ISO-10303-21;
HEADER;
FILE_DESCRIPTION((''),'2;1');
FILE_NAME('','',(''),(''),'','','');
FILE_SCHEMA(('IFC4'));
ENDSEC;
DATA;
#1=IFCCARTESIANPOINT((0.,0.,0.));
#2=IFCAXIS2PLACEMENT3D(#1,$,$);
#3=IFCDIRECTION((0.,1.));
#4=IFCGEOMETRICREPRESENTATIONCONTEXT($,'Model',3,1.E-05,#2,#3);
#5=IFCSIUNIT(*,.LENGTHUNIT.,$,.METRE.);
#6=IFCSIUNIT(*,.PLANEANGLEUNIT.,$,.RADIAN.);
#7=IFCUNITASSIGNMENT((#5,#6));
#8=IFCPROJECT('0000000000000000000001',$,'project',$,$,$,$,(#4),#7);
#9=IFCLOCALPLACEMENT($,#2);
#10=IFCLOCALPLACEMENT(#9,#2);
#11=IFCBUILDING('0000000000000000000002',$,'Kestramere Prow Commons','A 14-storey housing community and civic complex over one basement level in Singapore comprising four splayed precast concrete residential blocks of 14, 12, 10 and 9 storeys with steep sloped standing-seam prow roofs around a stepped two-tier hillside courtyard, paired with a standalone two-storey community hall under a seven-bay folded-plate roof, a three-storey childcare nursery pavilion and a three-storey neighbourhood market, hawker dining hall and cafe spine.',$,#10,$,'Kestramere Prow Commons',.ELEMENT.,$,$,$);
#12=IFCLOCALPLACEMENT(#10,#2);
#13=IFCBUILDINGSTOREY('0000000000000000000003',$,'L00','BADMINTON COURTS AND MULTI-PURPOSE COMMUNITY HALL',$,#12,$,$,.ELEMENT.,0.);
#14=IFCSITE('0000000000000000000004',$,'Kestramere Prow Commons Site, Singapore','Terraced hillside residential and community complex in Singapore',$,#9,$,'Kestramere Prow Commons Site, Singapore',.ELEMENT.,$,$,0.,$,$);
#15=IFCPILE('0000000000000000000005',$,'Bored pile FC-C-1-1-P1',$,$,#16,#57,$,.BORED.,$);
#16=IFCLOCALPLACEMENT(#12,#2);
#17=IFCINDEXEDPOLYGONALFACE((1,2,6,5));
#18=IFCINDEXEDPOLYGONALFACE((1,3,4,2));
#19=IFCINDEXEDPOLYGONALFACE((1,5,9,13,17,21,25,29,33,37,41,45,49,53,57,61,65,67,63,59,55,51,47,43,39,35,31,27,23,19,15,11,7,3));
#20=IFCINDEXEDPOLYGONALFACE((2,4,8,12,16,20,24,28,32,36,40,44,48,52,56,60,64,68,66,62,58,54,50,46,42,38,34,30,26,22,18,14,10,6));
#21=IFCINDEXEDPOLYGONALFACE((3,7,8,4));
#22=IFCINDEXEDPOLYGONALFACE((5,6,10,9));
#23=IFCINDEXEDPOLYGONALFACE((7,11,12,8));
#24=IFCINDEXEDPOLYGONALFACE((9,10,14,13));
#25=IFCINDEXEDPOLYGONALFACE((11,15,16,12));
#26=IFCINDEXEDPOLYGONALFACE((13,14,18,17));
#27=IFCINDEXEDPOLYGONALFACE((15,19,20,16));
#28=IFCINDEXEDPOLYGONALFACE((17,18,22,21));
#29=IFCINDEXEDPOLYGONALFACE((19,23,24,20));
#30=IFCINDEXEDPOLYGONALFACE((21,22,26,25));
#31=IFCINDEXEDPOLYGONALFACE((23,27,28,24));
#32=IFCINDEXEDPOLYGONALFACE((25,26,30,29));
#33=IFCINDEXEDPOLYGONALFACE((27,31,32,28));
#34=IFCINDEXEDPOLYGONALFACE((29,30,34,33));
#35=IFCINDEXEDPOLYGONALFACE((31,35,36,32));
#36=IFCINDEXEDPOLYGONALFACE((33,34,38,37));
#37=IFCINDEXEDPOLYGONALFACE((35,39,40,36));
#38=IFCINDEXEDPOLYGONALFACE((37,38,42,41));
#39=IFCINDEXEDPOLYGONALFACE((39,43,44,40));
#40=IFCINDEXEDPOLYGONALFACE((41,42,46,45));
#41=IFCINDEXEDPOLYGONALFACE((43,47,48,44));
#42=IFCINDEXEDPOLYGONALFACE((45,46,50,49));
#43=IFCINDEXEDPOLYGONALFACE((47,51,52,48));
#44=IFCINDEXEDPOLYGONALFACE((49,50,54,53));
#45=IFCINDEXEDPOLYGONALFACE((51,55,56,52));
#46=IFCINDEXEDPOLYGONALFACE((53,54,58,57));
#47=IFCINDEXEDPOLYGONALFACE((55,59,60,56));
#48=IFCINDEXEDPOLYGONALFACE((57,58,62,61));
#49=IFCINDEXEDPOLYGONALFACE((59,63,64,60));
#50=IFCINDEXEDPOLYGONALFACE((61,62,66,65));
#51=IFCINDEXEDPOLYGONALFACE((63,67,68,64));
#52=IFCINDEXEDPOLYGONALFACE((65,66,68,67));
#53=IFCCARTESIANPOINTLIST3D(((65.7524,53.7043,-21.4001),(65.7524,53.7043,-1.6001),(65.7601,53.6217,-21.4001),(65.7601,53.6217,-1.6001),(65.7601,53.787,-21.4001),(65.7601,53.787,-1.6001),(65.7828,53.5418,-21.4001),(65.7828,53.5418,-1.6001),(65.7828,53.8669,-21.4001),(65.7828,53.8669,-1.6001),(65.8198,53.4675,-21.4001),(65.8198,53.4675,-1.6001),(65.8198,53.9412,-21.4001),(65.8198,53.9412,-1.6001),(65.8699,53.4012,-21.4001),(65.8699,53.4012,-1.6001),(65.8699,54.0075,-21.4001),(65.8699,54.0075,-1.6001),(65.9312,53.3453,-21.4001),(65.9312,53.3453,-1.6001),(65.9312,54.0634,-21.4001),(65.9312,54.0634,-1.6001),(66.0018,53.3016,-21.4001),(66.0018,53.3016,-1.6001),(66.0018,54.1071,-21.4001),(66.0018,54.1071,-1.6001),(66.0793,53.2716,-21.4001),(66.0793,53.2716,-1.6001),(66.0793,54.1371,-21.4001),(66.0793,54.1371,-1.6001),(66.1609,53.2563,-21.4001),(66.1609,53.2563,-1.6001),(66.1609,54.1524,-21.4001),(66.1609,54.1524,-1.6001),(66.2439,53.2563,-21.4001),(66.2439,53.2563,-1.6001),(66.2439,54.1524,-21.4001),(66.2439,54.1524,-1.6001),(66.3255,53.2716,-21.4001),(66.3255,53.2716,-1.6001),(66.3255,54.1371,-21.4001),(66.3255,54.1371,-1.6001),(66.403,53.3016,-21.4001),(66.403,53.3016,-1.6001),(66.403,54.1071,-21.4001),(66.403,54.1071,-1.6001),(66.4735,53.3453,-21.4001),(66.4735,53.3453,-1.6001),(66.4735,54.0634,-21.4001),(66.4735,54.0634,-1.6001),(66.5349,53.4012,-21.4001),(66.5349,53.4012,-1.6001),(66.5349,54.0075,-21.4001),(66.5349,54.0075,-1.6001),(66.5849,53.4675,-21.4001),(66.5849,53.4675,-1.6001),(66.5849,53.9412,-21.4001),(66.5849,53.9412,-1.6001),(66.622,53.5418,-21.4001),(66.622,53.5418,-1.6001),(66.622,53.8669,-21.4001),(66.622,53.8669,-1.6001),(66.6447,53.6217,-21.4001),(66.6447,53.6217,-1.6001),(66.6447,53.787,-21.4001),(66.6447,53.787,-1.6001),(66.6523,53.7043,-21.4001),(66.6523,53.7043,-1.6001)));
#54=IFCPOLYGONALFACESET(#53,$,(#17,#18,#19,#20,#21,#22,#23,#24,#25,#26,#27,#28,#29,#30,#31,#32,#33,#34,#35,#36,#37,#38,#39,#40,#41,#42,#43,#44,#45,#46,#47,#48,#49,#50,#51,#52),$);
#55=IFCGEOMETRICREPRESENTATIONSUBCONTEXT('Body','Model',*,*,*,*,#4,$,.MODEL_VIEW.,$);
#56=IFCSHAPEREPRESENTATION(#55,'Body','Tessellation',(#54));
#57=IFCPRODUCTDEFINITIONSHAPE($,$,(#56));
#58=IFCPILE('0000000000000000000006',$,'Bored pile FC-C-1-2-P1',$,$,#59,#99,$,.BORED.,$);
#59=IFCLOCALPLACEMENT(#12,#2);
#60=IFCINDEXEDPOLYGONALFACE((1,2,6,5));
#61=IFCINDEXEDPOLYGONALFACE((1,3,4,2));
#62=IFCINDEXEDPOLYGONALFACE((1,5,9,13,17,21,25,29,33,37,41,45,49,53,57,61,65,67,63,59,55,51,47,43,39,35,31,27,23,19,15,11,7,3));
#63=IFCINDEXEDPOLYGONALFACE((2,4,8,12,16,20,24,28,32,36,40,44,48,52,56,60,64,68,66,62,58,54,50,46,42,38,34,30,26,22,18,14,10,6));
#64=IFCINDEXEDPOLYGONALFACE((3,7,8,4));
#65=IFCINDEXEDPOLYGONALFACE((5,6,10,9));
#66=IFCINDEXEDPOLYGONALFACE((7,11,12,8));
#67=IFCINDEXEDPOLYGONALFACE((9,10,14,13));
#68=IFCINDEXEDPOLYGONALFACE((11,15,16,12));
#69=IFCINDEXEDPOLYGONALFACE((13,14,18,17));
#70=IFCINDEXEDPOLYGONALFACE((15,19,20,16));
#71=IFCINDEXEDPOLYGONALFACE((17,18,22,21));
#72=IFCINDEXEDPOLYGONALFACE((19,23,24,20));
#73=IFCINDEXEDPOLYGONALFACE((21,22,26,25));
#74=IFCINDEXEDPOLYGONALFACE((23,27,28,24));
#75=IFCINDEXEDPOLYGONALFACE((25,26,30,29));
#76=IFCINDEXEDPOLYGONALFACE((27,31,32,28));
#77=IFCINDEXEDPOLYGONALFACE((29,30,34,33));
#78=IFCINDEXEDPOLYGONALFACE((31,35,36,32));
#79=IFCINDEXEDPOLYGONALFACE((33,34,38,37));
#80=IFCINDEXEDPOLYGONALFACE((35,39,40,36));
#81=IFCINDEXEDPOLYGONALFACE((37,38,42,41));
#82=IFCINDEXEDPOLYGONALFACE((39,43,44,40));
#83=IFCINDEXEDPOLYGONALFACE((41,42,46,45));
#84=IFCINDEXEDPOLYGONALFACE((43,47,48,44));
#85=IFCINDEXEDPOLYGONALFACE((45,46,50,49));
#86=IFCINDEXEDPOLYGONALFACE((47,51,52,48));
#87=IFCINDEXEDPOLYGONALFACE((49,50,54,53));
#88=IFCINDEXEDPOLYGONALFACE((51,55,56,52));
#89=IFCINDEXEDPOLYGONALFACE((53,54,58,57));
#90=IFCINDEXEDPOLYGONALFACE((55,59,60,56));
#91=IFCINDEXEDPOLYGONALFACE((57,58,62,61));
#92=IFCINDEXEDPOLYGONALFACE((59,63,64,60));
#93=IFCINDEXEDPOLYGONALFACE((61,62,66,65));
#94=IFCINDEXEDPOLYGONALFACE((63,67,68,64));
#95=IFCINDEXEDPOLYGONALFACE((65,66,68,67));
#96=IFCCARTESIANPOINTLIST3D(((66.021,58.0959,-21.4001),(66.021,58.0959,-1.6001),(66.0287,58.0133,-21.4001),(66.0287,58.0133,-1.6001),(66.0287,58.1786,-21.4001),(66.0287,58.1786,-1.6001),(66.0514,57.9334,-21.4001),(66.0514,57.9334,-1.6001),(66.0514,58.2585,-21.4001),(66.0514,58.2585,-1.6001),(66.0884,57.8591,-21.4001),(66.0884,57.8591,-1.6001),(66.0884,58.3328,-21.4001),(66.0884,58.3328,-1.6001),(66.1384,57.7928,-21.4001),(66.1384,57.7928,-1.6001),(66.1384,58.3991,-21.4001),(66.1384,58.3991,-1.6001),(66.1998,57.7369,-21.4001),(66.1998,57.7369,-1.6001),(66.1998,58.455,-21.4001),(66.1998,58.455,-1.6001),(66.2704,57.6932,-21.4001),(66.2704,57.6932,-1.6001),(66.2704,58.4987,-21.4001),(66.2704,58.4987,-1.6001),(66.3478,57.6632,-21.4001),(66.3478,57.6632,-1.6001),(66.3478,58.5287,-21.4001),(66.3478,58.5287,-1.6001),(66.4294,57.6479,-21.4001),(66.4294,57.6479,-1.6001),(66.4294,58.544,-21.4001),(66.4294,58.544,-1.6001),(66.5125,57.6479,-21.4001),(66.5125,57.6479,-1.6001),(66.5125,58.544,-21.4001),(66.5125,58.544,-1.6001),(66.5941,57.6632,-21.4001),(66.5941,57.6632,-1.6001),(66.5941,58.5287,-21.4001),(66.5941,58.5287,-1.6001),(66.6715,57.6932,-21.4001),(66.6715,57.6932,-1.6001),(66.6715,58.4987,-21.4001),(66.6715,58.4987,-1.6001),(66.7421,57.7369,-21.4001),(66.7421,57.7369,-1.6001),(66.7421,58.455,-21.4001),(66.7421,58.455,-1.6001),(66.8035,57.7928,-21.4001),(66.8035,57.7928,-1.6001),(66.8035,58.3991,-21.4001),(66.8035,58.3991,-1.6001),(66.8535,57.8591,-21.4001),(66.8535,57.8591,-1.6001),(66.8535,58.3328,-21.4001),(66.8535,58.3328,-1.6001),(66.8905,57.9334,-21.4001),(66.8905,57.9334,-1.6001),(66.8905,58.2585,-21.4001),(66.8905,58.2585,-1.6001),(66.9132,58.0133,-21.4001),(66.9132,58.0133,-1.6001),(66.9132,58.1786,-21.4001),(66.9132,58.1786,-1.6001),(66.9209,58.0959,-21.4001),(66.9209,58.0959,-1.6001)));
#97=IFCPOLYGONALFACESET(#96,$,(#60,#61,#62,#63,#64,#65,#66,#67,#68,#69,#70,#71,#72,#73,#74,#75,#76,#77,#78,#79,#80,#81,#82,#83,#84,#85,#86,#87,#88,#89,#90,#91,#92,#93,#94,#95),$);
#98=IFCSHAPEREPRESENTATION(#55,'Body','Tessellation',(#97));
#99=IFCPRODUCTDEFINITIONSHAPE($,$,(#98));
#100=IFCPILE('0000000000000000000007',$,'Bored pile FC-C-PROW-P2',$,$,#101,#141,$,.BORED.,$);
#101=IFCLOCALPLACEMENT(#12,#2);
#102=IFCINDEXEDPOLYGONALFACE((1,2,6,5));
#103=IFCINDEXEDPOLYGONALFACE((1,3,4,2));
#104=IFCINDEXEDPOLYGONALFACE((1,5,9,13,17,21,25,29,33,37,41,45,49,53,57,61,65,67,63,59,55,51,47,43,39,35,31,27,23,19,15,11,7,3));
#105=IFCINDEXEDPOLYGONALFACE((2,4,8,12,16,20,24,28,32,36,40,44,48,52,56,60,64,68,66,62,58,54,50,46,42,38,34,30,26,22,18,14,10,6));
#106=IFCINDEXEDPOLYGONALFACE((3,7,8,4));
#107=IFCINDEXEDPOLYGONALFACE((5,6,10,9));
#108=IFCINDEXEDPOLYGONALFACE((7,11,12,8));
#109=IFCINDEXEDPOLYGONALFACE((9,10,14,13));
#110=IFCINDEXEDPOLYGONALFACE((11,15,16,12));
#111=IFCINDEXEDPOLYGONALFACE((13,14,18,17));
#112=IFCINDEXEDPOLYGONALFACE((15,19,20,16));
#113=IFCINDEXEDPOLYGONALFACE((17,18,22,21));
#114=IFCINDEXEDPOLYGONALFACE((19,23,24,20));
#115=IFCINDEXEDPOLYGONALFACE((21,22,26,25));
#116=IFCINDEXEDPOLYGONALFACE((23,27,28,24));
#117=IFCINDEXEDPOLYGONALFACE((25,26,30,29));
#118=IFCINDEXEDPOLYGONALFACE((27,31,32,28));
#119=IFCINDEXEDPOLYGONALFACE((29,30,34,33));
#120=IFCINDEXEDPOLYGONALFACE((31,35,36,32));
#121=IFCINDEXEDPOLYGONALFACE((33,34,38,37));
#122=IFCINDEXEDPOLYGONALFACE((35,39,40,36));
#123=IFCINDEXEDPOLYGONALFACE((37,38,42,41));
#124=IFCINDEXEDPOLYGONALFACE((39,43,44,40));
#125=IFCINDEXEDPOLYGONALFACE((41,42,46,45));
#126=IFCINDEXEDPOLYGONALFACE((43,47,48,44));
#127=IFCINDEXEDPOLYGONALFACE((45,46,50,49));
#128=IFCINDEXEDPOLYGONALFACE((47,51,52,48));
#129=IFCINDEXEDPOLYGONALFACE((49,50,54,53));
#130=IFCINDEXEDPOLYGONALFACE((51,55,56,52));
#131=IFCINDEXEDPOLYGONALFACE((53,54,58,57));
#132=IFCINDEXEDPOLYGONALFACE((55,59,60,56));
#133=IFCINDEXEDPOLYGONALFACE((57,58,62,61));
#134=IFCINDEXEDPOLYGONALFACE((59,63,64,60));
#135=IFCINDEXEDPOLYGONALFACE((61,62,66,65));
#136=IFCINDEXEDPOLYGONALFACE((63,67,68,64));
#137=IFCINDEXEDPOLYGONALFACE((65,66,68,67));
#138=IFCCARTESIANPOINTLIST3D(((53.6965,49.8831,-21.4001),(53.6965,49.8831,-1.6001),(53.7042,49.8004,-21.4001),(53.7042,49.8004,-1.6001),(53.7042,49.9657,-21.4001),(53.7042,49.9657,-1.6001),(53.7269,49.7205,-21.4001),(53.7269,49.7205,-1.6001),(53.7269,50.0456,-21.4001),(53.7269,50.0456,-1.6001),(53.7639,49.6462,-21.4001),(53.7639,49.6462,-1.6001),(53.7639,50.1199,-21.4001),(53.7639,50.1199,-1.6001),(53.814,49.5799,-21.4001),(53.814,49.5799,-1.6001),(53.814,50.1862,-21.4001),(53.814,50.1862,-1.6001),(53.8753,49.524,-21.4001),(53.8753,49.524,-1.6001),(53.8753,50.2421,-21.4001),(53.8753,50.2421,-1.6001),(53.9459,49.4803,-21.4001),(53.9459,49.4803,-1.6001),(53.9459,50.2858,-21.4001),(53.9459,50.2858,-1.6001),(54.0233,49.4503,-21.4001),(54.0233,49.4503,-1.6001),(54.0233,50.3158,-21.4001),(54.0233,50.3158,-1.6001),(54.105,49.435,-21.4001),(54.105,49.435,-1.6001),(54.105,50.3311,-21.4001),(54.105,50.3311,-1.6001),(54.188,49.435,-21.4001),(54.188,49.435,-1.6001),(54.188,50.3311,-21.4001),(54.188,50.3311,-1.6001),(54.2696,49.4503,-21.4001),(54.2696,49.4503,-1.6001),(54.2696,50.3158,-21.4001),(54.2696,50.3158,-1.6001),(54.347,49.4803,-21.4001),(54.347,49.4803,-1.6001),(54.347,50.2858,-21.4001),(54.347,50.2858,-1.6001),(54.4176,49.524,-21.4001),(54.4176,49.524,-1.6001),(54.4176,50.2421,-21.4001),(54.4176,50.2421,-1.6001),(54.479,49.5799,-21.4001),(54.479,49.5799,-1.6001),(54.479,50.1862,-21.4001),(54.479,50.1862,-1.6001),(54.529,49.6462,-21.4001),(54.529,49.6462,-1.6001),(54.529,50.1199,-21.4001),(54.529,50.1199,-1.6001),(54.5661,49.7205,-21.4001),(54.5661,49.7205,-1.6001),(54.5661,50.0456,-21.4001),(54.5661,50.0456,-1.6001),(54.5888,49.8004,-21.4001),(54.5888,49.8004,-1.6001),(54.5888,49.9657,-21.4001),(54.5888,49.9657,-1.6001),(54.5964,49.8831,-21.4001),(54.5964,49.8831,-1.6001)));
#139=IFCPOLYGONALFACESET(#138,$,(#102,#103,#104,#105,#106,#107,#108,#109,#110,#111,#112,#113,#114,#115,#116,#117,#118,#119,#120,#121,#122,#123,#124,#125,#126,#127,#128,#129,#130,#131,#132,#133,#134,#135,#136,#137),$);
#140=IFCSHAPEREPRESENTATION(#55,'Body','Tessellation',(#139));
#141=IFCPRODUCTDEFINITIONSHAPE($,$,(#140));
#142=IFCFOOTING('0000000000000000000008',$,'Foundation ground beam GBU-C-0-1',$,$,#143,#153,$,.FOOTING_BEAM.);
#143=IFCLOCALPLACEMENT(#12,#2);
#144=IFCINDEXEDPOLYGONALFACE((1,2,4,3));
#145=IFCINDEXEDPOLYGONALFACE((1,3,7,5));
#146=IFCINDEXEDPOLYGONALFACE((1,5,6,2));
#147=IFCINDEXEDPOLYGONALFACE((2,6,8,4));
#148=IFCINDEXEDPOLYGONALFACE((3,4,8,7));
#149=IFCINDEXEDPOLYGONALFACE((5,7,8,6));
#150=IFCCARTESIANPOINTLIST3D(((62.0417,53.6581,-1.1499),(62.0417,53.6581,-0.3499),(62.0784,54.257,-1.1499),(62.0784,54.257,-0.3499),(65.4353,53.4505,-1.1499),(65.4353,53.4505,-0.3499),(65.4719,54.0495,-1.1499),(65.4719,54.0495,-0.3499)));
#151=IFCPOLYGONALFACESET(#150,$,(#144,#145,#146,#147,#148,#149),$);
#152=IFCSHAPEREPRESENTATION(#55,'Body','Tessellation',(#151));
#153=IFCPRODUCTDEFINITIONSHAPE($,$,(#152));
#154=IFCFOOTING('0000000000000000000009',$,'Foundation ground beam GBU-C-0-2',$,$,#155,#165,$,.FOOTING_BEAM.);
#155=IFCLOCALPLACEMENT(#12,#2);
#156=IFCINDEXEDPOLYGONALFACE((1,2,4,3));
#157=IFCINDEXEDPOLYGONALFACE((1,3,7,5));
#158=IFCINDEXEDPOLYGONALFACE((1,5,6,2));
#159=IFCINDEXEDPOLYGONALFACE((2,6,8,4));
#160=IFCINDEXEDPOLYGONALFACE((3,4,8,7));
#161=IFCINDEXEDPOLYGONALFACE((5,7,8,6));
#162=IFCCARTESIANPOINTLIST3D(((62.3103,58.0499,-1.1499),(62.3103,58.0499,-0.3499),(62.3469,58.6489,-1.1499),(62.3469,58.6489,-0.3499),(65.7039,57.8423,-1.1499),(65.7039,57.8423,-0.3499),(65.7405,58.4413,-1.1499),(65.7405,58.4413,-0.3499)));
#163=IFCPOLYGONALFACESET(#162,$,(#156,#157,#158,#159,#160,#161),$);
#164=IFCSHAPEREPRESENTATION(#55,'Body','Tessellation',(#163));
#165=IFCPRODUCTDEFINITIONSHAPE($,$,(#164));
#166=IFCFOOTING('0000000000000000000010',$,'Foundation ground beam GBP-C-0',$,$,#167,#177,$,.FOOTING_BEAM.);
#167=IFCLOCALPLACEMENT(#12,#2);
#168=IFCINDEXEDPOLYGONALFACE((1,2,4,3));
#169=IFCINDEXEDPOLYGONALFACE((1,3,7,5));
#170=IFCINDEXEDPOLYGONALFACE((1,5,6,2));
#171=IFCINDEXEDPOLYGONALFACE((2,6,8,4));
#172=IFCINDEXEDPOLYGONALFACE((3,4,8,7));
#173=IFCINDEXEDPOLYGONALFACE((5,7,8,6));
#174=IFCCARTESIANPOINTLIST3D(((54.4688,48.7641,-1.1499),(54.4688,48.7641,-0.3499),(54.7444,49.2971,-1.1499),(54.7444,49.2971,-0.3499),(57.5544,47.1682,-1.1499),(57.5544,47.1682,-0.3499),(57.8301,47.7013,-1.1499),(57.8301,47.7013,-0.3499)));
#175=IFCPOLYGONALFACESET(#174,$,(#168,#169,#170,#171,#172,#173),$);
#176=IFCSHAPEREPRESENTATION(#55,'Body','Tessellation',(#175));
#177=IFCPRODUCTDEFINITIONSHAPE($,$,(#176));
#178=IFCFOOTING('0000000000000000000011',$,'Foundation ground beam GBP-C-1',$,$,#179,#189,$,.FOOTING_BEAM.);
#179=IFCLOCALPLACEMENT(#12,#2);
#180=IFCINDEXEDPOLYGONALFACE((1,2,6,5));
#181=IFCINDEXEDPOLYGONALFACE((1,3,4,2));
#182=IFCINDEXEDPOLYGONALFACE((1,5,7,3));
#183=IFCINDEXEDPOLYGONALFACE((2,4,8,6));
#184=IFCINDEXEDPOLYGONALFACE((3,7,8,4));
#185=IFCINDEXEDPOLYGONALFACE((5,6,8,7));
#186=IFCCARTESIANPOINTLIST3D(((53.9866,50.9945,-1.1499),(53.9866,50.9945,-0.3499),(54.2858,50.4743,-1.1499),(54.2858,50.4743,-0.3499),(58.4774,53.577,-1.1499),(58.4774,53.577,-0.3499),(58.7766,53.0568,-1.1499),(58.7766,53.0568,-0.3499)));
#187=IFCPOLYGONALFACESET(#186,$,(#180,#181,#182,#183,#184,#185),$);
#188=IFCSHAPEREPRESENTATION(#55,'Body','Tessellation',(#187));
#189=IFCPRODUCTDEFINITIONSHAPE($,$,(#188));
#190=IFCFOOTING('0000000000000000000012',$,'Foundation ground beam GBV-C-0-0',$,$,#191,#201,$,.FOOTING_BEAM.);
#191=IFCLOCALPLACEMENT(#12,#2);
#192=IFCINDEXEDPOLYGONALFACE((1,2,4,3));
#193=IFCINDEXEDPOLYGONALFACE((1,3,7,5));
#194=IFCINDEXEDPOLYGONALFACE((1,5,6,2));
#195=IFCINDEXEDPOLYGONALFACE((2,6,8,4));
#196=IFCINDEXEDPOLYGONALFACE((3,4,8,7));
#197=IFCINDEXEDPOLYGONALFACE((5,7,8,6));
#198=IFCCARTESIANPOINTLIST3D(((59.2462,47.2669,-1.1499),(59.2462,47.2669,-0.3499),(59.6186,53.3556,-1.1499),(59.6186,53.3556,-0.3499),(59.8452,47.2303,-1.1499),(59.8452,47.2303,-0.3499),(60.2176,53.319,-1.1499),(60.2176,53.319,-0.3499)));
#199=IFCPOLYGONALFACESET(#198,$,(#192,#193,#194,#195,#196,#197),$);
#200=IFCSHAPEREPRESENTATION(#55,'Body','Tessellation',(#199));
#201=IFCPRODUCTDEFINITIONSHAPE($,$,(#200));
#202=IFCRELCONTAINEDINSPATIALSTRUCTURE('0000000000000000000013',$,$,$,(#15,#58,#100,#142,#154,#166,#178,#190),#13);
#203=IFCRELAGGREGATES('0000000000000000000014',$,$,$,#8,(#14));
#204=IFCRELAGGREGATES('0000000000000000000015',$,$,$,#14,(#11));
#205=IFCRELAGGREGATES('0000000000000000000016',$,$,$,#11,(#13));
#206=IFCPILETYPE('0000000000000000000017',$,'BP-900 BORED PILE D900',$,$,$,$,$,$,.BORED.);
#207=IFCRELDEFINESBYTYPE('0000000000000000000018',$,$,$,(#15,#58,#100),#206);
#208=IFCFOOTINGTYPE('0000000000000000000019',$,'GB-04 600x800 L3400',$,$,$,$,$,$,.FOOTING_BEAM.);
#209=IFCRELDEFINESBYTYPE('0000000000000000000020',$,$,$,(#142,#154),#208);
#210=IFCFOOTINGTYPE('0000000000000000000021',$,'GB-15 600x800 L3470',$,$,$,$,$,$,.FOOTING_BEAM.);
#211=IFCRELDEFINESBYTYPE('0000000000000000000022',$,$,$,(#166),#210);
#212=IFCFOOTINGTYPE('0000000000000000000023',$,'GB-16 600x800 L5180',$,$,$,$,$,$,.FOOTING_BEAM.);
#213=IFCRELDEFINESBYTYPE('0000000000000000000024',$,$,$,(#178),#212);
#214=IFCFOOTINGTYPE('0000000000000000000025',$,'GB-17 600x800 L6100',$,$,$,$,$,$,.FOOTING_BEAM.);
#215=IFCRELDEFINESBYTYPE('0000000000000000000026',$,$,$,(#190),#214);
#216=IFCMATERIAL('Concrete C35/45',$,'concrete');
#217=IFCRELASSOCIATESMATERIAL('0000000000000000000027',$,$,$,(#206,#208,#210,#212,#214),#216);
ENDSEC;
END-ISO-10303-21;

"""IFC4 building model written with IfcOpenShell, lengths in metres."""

from ifc_helpers import new_model, si_unit, direction, frame, origin, origin_2d, place, context, subcontext, project, spatial, rectangle, circle, extrude, material, material_profile, profile_set, type_object, element, save


model = new_model("IFC4")

# Units and contexts
model_context = context("Model", 3, precision=1e-05, world=origin(), true_north=direction((0.0, 1.0)))
body_context = subcontext(model_context, "Body", "Model", "MODEL_VIEW")
ifc_project = project(units=[si_unit("LENGTHUNIT", "METRE"), si_unit("PLANEANGLEUNIT", "RADIAN")], contexts=[model_context])

# Site, building, storey
site_placement = place(None, origin())
site = spatial("IfcSite", under=ifc_project, at=site_placement, Name="Kestramere Prow Commons Site, Singapore", Description="Terraced hillside residential and community complex in Singapore", LongName="Kestramere Prow Commons Site, Singapore", CompositionType="ELEMENT", RefElevation=0.0)
building_placement = place(site_placement, origin())
building = spatial("IfcBuilding", under=site, at=building_placement, Name="Kestramere Prow Commons", Description="A 14-storey housing community and civic complex over one basement level in Singapore comprising four splayed precast concrete residential blocks of 14, 12, 10 and 9 storeys with steep sloped standing-seam prow roofs around a stepped two-tier hillside courtyard, paired with a standalone two-storey community hall under a seven-bay folded-plate roof, a three-storey childcare nursery pavilion and a three-storey neighbourhood market, hawker dining hall and cafe spine.", LongName="Kestramere Prow Commons", CompositionType="ELEMENT")
storey_placement = place(building_placement, origin())
storey = spatial("IfcBuildingStorey", under=building, at=storey_placement, Name="L00", Description="BADMINTON COURTS AND MULTI-PURPOSE COMMUNITY HALL", CompositionType="ELEMENT", Elevation=0.0)

# Piles
ifc_material_1 = material(Name="Concrete C35/45", Category="concrete")
ifc_material_profile_1 = material_profile(ifc_material_1, circle(Radius=0.45, at=origin_2d()), Name="BORED PILE D900")
ifc_profile_set_1 = profile_set([ifc_material_profile_1], Name="Concrete C35/45")
pile_type = type_object("IfcPileType", Name="BP-900 BORED PILE D900", PredefinedType="BORED", material=ifc_profile_set_1)
for number, where, z_axis, x_axis, name in (
    (1, (66.2024, 53.7043, -1.6001), (0.0, 0.0, -1.0), (1.0, 0.0, 0.0), "Bored pile FC-C-1-1-P1"),
    (2, (66.4709, 58.0959, -1.6001), (0.0, 0.0, -1.0), (1.0, 0.0, 0.0), "Bored pile FC-C-1-2-P1"),
    (3, (54.1465, 49.8831, -1.6001), (0.0, 0.0, -1.0), (1.0, 0.0, 0.0), "Bored pile FC-C-PROW-P2"),
):
    element("IfcPile", number, at=place(storey_placement, frame(where, z_axis=z_axis, x_axis=x_axis)), inside=storey, type_object=pile_type, Name=name, PredefinedType="BORED", context=body_context, shape_type="SweptSolid", body=[
        extrude(circle(Radius=0.45, at=origin_2d()), origin(), (0.0, 0.0, 1.0), 19.8),
    ])

# Footings
footing_type_1 = type_object("IfcFootingType", Name="GB-04 600x800 L3400", PredefinedType="FOOTING_BEAM", material=ifc_material_1)
for number, where, z_axis, x_axis, name in (
    (4, (63.7568, 53.8538, -1.1499), (0.0, 0.0, 1.0), (0.998135, -0.061049, 0.0), "Foundation ground beam GBU-C-0-1"),
    (5, (64.0254, 58.2456, -1.1499), (0.0, 0.0, 1.0), (0.998135, -0.061049, 0.0), "Foundation ground beam GBU-C-0-2"),
):
    element("IfcFooting", number, at=place(storey_placement, frame(where, z_axis=z_axis, x_axis=x_axis)), inside=storey, type_object=footing_type_1, Name=name, PredefinedType="FOOTING_BEAM", context=body_context, shape_type="SweptSolid", body=[
        extrude(rectangle(XDim=3.3999, YDim=0.6001, at=origin_2d()), origin(), (0.0, 0.0, 1.0), 0.8),
    ])
footing_type_2 = type_object("IfcFootingType", Name="GB-15 600x800 L3470", PredefinedType="FOOTING_BEAM", material=ifc_material_1)
footing_1_placement = place(storey_placement, frame((56.1494, 48.2327, -1.1499), z_axis=(0.0, 0.0, 1.0), x_axis=(0.888242, -0.459375, 0.0)))
element("IfcFooting", 6, at=footing_1_placement, inside=storey, type_object=footing_type_2, Name="Foundation ground beam GBP-C-0", PredefinedType="FOOTING_BEAM", context=body_context, shape_type="SweptSolid", body=[
    extrude(rectangle(XDim=3.4739, YDim=0.6001, at=origin_2d()), origin(), (0.0, 0.0, 1.0), 0.8),
])
footing_type_3 = type_object("IfcFootingType", Name="GB-16 600x800 L5180", PredefinedType="FOOTING_BEAM", material=ifc_material_1)
footing_2_placement = place(storey_placement, frame((56.3816, 52.0256, -1.1499), z_axis=(0.0, 0.0, 1.0), x_axis=(0.866882, 0.498513, 0.0)))
element("IfcFooting", 7, at=footing_2_placement, inside=storey, type_object=footing_type_3, Name="Foundation ground beam GBP-C-1", PredefinedType="FOOTING_BEAM", context=body_context, shape_type="SweptSolid", body=[
    extrude(rectangle(XDim=5.1804, YDim=0.6001, at=origin_2d()), origin(), (0.0, 0.0, 1.0), 0.8),
])
footing_type_4 = type_object("IfcFootingType", Name="GB-17 600x800 L6100", PredefinedType="FOOTING_BEAM", material=ifc_material_1)
footing_3_placement = place(storey_placement, frame((59.7319, 50.293, -1.1499), z_axis=(0.0, 0.0, 1.0), x_axis=(0.061049, 0.998135, 0.0)))
element("IfcFooting", 8, at=footing_3_placement, inside=storey, type_object=footing_type_4, Name="Foundation ground beam GBV-C-0-0", PredefinedType="FOOTING_BEAM", context=body_context, shape_type="SweptSolid", body=[
    extrude(rectangle(XDim=6.1001, YDim=0.6001, at=origin_2d()), origin(), (0.0, 0.0, 1.0), 0.8),
])

save(model, "model.ifc")
